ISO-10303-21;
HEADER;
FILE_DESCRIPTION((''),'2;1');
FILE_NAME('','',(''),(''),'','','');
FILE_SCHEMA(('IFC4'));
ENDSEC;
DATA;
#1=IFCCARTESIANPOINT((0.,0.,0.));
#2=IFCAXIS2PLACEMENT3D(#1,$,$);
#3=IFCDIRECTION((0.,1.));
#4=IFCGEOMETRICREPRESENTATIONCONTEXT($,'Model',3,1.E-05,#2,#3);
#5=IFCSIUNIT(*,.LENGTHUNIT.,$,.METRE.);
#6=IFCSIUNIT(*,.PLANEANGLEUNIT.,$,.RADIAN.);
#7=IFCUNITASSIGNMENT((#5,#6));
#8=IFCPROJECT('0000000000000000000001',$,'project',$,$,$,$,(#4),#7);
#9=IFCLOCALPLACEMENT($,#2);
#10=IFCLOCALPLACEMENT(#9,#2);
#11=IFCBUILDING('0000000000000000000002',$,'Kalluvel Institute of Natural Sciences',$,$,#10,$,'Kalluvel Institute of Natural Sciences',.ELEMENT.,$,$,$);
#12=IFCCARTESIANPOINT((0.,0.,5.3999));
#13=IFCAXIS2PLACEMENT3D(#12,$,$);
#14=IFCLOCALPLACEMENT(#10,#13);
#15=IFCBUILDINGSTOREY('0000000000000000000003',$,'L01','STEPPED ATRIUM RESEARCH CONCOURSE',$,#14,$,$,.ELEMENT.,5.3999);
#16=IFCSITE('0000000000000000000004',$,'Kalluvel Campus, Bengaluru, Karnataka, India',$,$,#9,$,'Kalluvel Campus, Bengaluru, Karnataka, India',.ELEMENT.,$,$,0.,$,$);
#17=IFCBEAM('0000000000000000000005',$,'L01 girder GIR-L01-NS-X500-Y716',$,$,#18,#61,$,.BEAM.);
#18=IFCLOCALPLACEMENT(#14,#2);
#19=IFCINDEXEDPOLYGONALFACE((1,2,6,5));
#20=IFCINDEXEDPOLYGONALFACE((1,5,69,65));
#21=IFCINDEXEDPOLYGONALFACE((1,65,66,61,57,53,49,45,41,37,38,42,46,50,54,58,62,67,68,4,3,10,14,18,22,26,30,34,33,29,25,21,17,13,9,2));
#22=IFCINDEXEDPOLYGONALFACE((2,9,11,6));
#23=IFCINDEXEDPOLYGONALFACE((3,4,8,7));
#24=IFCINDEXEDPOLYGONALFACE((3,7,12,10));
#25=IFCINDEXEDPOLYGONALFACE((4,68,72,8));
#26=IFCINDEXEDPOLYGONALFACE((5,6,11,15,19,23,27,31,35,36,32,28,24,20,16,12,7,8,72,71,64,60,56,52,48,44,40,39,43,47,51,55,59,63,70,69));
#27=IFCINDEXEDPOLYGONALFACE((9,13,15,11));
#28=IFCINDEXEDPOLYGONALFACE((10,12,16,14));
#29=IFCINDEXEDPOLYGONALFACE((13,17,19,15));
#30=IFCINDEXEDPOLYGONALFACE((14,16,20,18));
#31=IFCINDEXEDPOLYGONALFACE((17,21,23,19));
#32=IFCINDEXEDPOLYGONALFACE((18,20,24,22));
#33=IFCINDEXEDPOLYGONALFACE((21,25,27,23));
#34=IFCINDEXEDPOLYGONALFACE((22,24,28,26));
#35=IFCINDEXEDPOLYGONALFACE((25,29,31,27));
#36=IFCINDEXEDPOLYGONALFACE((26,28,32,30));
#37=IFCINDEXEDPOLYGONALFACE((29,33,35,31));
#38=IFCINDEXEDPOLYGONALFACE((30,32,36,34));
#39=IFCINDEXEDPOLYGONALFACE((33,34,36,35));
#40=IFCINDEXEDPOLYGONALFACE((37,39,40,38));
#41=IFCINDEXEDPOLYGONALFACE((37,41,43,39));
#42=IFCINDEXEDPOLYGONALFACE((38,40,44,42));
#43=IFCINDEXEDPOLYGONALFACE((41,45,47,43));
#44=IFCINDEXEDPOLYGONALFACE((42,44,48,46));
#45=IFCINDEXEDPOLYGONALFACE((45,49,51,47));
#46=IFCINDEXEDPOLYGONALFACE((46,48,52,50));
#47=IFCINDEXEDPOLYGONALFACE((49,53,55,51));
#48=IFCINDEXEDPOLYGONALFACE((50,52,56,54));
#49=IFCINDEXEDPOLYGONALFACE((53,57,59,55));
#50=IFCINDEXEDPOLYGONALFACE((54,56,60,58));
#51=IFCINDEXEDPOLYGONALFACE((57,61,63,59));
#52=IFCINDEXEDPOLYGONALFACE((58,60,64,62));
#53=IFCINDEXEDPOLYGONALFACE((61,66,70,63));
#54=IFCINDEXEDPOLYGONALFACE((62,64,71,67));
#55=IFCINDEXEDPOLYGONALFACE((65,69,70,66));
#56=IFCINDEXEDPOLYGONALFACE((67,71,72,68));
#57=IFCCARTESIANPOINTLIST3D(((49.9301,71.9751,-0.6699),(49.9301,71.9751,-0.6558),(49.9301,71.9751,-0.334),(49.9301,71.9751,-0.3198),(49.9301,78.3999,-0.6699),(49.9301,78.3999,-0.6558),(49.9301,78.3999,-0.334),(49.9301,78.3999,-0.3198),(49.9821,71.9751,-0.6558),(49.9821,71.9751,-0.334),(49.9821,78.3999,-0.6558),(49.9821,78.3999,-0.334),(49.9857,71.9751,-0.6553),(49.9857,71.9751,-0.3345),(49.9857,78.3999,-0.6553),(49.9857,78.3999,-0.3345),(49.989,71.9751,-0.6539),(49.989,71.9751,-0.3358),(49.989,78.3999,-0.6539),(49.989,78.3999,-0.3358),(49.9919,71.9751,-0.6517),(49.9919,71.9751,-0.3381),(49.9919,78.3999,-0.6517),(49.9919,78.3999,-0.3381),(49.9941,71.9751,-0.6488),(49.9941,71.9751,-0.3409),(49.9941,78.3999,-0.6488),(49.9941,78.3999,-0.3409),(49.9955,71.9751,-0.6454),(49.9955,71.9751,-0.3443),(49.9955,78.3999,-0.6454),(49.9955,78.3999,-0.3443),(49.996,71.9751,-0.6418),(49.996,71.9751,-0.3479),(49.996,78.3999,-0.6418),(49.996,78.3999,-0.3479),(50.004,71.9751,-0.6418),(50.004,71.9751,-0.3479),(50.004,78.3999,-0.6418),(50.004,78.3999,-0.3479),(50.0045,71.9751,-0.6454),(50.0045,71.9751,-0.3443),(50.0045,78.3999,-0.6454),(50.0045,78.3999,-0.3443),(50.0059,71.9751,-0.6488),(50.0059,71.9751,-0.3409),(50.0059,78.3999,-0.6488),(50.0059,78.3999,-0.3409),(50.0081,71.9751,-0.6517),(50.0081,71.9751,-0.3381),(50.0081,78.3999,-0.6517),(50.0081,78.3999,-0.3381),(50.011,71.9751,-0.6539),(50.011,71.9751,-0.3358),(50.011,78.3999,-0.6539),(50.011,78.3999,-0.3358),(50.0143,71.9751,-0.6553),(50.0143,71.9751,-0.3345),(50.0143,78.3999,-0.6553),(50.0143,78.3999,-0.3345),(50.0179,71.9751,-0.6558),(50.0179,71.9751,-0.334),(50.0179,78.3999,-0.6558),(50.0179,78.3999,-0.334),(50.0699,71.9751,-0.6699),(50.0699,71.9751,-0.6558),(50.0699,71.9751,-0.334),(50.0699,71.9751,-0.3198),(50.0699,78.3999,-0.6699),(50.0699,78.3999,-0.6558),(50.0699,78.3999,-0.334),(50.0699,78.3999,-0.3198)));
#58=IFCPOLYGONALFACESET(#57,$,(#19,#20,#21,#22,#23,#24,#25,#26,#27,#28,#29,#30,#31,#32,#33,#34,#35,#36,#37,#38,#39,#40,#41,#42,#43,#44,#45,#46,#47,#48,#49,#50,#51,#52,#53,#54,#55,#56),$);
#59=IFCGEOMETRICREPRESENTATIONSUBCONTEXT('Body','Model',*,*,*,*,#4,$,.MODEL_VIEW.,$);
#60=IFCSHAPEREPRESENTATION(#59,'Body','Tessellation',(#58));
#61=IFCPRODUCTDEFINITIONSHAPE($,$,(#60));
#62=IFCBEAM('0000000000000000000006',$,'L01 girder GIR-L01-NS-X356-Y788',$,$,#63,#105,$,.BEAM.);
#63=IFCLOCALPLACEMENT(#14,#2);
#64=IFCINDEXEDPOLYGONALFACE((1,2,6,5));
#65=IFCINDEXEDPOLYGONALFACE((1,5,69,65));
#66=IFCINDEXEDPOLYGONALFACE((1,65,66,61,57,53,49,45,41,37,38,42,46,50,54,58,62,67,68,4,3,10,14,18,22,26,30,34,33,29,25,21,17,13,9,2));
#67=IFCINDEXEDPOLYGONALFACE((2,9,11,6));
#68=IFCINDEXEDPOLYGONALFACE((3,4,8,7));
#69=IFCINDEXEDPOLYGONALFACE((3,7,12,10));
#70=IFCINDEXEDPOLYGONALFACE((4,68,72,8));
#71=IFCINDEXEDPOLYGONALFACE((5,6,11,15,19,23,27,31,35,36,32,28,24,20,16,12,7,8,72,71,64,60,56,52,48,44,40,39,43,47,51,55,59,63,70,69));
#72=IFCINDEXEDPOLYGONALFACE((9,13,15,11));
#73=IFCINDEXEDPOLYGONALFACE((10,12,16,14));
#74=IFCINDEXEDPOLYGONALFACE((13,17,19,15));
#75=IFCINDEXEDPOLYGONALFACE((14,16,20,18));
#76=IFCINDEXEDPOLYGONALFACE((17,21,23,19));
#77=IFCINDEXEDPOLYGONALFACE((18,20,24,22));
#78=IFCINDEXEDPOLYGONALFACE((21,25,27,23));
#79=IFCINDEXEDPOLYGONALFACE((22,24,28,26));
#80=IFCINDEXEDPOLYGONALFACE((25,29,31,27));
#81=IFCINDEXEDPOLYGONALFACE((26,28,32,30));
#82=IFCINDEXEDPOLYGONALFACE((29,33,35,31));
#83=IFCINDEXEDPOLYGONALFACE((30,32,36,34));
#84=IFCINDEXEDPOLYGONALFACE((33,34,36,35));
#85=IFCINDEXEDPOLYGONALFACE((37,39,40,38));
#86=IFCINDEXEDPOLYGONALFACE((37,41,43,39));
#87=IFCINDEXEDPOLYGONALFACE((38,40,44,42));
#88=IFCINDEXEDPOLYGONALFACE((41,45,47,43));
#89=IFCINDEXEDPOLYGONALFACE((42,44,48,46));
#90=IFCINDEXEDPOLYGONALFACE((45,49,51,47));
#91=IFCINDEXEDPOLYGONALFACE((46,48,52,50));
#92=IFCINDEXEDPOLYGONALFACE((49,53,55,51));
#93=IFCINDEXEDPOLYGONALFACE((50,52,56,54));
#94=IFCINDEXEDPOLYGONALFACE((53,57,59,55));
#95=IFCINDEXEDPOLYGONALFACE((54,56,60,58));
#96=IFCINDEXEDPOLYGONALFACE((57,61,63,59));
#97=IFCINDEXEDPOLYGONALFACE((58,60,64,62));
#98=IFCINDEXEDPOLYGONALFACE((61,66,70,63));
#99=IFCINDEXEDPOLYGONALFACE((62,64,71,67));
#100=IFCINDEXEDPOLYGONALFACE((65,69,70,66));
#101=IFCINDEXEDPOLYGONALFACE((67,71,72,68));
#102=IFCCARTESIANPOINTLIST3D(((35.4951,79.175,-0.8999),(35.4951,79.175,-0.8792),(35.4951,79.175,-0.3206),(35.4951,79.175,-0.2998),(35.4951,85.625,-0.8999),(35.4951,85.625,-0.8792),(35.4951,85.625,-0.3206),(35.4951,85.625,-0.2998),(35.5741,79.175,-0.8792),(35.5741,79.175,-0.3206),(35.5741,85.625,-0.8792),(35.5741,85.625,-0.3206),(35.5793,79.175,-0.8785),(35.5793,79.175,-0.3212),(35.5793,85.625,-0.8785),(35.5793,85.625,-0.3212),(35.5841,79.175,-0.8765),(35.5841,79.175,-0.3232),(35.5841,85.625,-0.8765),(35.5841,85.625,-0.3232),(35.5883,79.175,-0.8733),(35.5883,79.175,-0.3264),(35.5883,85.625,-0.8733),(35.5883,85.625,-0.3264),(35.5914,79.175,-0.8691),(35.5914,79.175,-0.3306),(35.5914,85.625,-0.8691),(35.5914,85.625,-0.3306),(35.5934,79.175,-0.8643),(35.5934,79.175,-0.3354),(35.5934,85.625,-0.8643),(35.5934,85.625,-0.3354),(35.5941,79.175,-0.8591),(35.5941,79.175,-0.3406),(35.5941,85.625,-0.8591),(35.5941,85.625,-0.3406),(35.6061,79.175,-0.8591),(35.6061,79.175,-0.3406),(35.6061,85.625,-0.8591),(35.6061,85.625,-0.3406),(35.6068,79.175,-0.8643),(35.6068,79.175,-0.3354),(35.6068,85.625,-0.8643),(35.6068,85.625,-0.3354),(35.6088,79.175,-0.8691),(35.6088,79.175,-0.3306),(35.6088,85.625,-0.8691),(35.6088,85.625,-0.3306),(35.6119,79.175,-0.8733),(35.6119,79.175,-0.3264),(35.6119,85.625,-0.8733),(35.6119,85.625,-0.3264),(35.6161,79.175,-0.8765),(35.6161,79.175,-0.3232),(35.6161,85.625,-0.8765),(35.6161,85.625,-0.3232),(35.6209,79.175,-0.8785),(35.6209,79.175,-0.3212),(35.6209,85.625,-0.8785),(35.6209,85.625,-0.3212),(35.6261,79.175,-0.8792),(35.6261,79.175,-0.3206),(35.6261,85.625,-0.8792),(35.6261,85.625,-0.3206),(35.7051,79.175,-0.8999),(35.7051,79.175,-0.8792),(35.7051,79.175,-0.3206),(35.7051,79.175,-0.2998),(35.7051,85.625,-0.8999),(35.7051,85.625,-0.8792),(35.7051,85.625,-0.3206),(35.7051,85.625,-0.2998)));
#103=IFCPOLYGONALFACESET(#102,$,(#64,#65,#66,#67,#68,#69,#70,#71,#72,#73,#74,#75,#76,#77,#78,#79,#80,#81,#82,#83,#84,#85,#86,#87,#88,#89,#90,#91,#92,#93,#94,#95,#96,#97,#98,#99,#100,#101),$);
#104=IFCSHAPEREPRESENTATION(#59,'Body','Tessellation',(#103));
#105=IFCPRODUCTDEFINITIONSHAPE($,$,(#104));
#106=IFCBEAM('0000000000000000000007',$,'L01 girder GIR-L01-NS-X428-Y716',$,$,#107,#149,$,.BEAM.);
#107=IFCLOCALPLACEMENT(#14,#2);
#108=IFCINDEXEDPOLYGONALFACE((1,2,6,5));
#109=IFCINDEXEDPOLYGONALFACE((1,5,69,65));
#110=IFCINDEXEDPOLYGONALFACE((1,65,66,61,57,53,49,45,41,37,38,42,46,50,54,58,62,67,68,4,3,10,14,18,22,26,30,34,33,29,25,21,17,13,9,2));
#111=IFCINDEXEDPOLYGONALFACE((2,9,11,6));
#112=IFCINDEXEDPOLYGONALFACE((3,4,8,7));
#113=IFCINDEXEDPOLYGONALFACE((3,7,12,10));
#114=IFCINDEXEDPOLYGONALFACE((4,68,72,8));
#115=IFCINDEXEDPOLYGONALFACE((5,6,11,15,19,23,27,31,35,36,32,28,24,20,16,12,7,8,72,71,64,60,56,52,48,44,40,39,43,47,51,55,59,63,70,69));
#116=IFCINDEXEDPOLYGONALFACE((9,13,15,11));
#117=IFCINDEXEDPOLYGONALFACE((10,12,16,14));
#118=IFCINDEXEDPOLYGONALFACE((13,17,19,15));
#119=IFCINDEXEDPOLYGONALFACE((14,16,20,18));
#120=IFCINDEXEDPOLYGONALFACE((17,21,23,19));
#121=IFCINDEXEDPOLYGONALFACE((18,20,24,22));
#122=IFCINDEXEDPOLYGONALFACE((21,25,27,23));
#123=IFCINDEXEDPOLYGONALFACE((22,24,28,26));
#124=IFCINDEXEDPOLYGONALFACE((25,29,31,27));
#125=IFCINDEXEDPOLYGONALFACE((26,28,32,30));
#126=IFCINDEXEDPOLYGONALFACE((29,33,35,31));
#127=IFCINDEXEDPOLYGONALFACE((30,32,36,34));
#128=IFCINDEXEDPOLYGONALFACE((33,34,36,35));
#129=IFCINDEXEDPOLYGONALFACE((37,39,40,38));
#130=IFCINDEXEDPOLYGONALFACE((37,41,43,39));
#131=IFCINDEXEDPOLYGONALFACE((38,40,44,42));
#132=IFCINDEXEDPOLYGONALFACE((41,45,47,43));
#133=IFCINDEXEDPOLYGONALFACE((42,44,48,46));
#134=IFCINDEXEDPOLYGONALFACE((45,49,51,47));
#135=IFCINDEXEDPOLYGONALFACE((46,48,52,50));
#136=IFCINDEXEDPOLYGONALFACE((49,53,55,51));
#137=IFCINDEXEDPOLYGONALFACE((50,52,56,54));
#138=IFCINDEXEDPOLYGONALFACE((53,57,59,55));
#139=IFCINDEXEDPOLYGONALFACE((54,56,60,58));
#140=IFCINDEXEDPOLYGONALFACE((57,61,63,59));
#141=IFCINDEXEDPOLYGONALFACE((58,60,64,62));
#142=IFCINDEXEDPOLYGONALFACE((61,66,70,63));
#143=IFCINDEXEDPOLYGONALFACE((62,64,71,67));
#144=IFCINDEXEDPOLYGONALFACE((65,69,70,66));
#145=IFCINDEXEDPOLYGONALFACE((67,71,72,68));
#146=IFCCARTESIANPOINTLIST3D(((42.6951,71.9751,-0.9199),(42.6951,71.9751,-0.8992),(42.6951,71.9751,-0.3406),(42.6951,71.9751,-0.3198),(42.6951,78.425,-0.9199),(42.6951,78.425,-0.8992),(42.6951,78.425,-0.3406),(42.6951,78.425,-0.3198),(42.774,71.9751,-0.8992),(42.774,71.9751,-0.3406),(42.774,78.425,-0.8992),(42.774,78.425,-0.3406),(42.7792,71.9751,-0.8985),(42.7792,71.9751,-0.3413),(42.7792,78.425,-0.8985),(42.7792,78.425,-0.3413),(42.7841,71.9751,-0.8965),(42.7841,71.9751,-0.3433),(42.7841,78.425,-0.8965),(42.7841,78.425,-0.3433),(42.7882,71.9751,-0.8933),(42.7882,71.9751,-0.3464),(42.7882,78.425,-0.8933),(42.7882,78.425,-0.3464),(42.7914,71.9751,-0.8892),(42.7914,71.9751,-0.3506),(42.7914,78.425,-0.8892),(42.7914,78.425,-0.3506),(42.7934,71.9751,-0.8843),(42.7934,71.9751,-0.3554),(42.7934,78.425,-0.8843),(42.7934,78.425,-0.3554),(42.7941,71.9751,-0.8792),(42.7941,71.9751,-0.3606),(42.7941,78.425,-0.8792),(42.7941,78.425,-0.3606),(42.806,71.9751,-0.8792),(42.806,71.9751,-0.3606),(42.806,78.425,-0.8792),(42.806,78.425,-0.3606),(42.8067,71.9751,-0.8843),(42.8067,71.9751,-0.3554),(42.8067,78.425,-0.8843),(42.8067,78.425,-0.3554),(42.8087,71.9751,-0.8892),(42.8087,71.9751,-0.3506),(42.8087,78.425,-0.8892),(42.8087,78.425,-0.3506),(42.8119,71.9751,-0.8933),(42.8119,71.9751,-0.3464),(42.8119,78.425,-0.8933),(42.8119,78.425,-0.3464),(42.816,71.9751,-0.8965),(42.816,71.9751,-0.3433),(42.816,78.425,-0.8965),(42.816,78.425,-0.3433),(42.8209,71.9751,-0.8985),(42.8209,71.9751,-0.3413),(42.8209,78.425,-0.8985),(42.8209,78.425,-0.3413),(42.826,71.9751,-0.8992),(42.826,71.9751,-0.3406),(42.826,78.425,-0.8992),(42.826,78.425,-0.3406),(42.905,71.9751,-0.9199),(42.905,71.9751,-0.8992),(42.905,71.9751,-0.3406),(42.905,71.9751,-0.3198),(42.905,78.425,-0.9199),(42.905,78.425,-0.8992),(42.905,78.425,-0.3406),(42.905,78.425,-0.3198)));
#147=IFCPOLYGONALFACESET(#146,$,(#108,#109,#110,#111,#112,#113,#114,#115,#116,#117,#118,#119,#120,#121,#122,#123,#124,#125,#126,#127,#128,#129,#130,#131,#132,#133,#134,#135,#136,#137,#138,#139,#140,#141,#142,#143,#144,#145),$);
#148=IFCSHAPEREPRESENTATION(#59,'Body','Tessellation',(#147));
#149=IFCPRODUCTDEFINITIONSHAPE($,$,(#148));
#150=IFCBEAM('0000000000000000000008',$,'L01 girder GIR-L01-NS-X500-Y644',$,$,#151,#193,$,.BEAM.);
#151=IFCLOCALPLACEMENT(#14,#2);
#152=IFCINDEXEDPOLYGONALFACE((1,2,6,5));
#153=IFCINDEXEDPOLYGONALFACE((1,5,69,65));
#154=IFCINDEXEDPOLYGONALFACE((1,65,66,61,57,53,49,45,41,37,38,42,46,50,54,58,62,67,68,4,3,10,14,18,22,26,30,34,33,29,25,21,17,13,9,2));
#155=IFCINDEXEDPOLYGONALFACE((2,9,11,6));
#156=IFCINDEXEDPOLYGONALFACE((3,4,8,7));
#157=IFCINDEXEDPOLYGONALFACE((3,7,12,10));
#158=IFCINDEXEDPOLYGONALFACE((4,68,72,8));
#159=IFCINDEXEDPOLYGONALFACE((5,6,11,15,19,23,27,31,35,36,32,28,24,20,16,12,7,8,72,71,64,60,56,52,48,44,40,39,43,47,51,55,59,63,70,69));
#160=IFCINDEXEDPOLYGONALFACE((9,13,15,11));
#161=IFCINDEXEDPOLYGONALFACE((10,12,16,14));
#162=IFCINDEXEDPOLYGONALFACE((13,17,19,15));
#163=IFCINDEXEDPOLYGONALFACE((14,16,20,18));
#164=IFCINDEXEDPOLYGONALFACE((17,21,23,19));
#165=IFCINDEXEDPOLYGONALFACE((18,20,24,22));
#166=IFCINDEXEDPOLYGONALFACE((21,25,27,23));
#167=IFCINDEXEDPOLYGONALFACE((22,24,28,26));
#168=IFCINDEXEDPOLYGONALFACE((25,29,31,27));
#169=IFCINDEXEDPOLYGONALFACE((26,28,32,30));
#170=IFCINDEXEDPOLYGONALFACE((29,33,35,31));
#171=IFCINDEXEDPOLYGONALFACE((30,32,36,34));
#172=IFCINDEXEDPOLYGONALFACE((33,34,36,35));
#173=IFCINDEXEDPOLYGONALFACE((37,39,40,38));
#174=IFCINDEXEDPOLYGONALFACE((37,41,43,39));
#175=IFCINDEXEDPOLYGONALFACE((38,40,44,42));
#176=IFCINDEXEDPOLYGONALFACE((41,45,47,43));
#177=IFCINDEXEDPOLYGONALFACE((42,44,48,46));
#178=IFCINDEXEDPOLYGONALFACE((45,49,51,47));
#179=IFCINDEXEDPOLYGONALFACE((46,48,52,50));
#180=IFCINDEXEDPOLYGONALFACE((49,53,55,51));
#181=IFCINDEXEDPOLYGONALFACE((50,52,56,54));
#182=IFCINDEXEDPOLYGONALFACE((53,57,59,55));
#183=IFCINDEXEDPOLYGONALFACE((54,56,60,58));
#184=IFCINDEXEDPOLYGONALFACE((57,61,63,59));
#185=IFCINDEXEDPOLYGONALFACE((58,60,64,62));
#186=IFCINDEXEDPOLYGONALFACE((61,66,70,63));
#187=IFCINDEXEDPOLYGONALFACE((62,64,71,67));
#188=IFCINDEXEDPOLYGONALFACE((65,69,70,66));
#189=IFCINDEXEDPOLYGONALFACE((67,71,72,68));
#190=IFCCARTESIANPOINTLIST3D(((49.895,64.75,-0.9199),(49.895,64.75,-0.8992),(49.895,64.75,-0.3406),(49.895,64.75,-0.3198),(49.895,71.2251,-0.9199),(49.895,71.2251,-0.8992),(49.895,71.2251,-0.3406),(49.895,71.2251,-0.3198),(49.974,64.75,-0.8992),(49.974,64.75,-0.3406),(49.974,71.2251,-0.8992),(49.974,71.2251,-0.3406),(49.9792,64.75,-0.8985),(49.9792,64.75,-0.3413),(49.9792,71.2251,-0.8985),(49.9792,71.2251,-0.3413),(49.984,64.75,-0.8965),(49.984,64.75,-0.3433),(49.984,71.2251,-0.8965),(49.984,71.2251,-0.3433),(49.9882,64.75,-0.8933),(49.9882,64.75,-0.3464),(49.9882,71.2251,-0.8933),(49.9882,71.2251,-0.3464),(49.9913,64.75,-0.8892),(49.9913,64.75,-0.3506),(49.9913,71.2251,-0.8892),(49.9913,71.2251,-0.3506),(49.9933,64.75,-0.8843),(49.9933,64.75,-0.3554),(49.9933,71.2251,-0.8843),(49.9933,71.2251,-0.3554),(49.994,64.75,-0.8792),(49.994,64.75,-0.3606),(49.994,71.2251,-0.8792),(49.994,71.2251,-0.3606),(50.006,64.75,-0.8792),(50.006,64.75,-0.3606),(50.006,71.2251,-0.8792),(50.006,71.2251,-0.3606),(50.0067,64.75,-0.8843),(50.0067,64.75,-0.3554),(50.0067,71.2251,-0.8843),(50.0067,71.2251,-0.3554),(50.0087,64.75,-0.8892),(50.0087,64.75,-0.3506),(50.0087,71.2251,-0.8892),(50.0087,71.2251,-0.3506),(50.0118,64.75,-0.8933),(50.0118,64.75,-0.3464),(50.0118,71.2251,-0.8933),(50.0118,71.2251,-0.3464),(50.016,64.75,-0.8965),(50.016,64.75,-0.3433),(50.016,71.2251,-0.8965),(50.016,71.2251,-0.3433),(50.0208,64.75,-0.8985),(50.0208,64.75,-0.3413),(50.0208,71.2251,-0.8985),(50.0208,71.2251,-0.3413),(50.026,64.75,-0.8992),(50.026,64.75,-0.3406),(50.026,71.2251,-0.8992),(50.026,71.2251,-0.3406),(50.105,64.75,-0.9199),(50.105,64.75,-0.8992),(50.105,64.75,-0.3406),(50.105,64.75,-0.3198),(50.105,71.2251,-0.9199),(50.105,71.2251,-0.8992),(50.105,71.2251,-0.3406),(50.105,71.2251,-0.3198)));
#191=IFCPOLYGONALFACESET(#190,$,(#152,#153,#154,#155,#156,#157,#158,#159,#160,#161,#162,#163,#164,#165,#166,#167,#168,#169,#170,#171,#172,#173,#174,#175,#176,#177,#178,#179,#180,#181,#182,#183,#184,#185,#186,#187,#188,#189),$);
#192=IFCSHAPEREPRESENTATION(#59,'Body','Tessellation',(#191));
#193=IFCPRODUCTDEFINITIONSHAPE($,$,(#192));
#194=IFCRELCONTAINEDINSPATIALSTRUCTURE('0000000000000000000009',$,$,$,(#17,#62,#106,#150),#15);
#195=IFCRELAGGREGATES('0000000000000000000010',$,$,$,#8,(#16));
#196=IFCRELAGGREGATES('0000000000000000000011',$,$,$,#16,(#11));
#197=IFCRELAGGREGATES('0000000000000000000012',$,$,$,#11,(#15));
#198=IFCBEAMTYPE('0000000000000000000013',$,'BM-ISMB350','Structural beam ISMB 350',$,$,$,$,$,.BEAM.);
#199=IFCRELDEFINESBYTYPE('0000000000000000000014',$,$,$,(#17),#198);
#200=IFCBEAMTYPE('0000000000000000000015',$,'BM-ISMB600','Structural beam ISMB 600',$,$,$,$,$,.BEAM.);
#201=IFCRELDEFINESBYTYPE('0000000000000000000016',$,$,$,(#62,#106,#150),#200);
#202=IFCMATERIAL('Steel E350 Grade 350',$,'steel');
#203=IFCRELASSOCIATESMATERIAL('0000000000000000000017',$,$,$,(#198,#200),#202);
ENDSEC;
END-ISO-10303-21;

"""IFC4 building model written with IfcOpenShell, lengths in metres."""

from ifc_helpers import new_model, si_unit, direction, frame, origin, origin_2d, place, context, subcontext, project, spatial, i_section, extrude, material, material_profile, profile_set, type_object, element, save


model = new_model("IFC4")

# Units and contexts
model_context = context("Model", 3, precision=1e-05, world=origin(), true_north=direction((0.0, 1.0)))
body_context = subcontext(model_context, "Body", "Model", "MODEL_VIEW")
ifc_project = project(units=[si_unit("LENGTHUNIT", "METRE"), si_unit("PLANEANGLEUNIT", "RADIAN")], contexts=[model_context])

# Site, building, storey
site_placement = place(None, origin())
site = spatial("IfcSite", under=ifc_project, at=site_placement, Name="Kalluvel Campus, Bengaluru, Karnataka, India", LongName="Kalluvel Campus, Bengaluru, Karnataka, India", CompositionType="ELEMENT", RefElevation=0.0)
building_placement = place(site_placement, origin())
building = spatial("IfcBuilding", under=site, at=building_placement, Name="Kalluvel Institute of Natural Sciences", LongName="Kalluvel Institute of Natural Sciences", CompositionType="ELEMENT")
storey_placement = place(building_placement, frame((0.0, 0.0, 5.3999)))
storey = spatial("IfcBuildingStorey", under=building, at=storey_placement, Name="L01", Description="STEPPED ATRIUM RESEARCH CONCOURSE", CompositionType="ELEMENT", Elevation=5.3999)

# Beams
ifc_material_1 = material(Name="Steel E350 Grade 350", Category="steel")
ifc_material_profile_1 = material_profile(ifc_material_1, i_section(OverallWidth=0.1399, OverallDepth=0.3501, WebThickness=0.0081, FlangeThickness=0.0142, FilletRadius=0.0139, at=origin_2d()), Name="ISMB 350")
ifc_profile_set_1 = profile_set([ifc_material_profile_1], Name="Steel E350 Grade 350")
beam_type_1 = type_object("IfcBeamType", Name="BM-ISMB350", Description="Structural beam ISMB 350", PredefinedType="BEAM", material=ifc_profile_set_1)
beam_1_placement = place(storey_placement, frame((50.0, 71.9751, -0.4949), z_axis=(0.0, 1.0, 0.0), x_axis=(-1.0, 0.0, 0.0)))
element("IfcBeam", 1, at=beam_1_placement, inside=storey, type_object=beam_type_1, Name="L01 girder GIR-L01-NS-X500-Y716", PredefinedType="BEAM", context=body_context, shape_type="SweptSolid", body=[
    extrude(i_section(OverallWidth=0.1399, OverallDepth=0.3501, WebThickness=0.0081, FlangeThickness=0.0142, FilletRadius=0.0139, at=origin_2d()), origin(), (0.0, 0.0, 1.0), 6.4248),
])
ifc_material_profile_2 = material_profile(ifc_material_1, i_section(OverallWidth=0.21, OverallDepth=0.6001, WebThickness=0.012, FlangeThickness=0.0208, FilletRadius=0.02, at=origin_2d()), Name="ISMB 600")
ifc_profile_set_2 = profile_set([ifc_material_profile_2], Name="Steel E350 Grade 350")
beam_type_2 = type_object("IfcBeamType", Name="BM-ISMB600", Description="Structural beam ISMB 600", PredefinedType="BEAM", material=ifc_profile_set_2)
for number, where, z_axis, x_axis, name in (
    (2, (35.6001, 79.175, -0.5999), (0.0, 1.0, 0.0), (-1.0, 0.0, 0.0), "L01 girder GIR-L01-NS-X356-Y788"),
    (3, (42.8, 71.9751, -0.6199), (0.0, 1.0, 0.0), (-1.0, 0.0, 0.0), "L01 girder GIR-L01-NS-X428-Y716"),
):
    element("IfcBeam", number, at=place(storey_placement, frame(where, z_axis=z_axis, x_axis=x_axis)), inside=storey, type_object=beam_type_2, Name=name, PredefinedType="BEAM", context=body_context, shape_type="SweptSolid", body=[
        extrude(i_section(OverallWidth=0.21, OverallDepth=0.6001, WebThickness=0.012, FlangeThickness=0.0208, FilletRadius=0.02, at=origin_2d()), origin(), (0.0, 0.0, 1.0), 6.45),
    ])
beam_2_placement = place(storey_placement, frame((50.0, 64.75, -0.6199), z_axis=(0.0, 1.0, 0.0), x_axis=(-1.0, 0.0, 0.0)))
element("IfcBeam", 4, at=beam_2_placement, inside=storey, type_object=beam_type_2, Name="L01 girder GIR-L01-NS-X500-Y644", PredefinedType="BEAM", context=body_context, shape_type="SweptSolid", body=[
    extrude(i_section(OverallWidth=0.21, OverallDepth=0.6001, WebThickness=0.012, FlangeThickness=0.0208, FilletRadius=0.02, at=origin_2d()), origin(), (0.0, 0.0, 1.0), 6.4751),
])

save(model, "model.ifc")
